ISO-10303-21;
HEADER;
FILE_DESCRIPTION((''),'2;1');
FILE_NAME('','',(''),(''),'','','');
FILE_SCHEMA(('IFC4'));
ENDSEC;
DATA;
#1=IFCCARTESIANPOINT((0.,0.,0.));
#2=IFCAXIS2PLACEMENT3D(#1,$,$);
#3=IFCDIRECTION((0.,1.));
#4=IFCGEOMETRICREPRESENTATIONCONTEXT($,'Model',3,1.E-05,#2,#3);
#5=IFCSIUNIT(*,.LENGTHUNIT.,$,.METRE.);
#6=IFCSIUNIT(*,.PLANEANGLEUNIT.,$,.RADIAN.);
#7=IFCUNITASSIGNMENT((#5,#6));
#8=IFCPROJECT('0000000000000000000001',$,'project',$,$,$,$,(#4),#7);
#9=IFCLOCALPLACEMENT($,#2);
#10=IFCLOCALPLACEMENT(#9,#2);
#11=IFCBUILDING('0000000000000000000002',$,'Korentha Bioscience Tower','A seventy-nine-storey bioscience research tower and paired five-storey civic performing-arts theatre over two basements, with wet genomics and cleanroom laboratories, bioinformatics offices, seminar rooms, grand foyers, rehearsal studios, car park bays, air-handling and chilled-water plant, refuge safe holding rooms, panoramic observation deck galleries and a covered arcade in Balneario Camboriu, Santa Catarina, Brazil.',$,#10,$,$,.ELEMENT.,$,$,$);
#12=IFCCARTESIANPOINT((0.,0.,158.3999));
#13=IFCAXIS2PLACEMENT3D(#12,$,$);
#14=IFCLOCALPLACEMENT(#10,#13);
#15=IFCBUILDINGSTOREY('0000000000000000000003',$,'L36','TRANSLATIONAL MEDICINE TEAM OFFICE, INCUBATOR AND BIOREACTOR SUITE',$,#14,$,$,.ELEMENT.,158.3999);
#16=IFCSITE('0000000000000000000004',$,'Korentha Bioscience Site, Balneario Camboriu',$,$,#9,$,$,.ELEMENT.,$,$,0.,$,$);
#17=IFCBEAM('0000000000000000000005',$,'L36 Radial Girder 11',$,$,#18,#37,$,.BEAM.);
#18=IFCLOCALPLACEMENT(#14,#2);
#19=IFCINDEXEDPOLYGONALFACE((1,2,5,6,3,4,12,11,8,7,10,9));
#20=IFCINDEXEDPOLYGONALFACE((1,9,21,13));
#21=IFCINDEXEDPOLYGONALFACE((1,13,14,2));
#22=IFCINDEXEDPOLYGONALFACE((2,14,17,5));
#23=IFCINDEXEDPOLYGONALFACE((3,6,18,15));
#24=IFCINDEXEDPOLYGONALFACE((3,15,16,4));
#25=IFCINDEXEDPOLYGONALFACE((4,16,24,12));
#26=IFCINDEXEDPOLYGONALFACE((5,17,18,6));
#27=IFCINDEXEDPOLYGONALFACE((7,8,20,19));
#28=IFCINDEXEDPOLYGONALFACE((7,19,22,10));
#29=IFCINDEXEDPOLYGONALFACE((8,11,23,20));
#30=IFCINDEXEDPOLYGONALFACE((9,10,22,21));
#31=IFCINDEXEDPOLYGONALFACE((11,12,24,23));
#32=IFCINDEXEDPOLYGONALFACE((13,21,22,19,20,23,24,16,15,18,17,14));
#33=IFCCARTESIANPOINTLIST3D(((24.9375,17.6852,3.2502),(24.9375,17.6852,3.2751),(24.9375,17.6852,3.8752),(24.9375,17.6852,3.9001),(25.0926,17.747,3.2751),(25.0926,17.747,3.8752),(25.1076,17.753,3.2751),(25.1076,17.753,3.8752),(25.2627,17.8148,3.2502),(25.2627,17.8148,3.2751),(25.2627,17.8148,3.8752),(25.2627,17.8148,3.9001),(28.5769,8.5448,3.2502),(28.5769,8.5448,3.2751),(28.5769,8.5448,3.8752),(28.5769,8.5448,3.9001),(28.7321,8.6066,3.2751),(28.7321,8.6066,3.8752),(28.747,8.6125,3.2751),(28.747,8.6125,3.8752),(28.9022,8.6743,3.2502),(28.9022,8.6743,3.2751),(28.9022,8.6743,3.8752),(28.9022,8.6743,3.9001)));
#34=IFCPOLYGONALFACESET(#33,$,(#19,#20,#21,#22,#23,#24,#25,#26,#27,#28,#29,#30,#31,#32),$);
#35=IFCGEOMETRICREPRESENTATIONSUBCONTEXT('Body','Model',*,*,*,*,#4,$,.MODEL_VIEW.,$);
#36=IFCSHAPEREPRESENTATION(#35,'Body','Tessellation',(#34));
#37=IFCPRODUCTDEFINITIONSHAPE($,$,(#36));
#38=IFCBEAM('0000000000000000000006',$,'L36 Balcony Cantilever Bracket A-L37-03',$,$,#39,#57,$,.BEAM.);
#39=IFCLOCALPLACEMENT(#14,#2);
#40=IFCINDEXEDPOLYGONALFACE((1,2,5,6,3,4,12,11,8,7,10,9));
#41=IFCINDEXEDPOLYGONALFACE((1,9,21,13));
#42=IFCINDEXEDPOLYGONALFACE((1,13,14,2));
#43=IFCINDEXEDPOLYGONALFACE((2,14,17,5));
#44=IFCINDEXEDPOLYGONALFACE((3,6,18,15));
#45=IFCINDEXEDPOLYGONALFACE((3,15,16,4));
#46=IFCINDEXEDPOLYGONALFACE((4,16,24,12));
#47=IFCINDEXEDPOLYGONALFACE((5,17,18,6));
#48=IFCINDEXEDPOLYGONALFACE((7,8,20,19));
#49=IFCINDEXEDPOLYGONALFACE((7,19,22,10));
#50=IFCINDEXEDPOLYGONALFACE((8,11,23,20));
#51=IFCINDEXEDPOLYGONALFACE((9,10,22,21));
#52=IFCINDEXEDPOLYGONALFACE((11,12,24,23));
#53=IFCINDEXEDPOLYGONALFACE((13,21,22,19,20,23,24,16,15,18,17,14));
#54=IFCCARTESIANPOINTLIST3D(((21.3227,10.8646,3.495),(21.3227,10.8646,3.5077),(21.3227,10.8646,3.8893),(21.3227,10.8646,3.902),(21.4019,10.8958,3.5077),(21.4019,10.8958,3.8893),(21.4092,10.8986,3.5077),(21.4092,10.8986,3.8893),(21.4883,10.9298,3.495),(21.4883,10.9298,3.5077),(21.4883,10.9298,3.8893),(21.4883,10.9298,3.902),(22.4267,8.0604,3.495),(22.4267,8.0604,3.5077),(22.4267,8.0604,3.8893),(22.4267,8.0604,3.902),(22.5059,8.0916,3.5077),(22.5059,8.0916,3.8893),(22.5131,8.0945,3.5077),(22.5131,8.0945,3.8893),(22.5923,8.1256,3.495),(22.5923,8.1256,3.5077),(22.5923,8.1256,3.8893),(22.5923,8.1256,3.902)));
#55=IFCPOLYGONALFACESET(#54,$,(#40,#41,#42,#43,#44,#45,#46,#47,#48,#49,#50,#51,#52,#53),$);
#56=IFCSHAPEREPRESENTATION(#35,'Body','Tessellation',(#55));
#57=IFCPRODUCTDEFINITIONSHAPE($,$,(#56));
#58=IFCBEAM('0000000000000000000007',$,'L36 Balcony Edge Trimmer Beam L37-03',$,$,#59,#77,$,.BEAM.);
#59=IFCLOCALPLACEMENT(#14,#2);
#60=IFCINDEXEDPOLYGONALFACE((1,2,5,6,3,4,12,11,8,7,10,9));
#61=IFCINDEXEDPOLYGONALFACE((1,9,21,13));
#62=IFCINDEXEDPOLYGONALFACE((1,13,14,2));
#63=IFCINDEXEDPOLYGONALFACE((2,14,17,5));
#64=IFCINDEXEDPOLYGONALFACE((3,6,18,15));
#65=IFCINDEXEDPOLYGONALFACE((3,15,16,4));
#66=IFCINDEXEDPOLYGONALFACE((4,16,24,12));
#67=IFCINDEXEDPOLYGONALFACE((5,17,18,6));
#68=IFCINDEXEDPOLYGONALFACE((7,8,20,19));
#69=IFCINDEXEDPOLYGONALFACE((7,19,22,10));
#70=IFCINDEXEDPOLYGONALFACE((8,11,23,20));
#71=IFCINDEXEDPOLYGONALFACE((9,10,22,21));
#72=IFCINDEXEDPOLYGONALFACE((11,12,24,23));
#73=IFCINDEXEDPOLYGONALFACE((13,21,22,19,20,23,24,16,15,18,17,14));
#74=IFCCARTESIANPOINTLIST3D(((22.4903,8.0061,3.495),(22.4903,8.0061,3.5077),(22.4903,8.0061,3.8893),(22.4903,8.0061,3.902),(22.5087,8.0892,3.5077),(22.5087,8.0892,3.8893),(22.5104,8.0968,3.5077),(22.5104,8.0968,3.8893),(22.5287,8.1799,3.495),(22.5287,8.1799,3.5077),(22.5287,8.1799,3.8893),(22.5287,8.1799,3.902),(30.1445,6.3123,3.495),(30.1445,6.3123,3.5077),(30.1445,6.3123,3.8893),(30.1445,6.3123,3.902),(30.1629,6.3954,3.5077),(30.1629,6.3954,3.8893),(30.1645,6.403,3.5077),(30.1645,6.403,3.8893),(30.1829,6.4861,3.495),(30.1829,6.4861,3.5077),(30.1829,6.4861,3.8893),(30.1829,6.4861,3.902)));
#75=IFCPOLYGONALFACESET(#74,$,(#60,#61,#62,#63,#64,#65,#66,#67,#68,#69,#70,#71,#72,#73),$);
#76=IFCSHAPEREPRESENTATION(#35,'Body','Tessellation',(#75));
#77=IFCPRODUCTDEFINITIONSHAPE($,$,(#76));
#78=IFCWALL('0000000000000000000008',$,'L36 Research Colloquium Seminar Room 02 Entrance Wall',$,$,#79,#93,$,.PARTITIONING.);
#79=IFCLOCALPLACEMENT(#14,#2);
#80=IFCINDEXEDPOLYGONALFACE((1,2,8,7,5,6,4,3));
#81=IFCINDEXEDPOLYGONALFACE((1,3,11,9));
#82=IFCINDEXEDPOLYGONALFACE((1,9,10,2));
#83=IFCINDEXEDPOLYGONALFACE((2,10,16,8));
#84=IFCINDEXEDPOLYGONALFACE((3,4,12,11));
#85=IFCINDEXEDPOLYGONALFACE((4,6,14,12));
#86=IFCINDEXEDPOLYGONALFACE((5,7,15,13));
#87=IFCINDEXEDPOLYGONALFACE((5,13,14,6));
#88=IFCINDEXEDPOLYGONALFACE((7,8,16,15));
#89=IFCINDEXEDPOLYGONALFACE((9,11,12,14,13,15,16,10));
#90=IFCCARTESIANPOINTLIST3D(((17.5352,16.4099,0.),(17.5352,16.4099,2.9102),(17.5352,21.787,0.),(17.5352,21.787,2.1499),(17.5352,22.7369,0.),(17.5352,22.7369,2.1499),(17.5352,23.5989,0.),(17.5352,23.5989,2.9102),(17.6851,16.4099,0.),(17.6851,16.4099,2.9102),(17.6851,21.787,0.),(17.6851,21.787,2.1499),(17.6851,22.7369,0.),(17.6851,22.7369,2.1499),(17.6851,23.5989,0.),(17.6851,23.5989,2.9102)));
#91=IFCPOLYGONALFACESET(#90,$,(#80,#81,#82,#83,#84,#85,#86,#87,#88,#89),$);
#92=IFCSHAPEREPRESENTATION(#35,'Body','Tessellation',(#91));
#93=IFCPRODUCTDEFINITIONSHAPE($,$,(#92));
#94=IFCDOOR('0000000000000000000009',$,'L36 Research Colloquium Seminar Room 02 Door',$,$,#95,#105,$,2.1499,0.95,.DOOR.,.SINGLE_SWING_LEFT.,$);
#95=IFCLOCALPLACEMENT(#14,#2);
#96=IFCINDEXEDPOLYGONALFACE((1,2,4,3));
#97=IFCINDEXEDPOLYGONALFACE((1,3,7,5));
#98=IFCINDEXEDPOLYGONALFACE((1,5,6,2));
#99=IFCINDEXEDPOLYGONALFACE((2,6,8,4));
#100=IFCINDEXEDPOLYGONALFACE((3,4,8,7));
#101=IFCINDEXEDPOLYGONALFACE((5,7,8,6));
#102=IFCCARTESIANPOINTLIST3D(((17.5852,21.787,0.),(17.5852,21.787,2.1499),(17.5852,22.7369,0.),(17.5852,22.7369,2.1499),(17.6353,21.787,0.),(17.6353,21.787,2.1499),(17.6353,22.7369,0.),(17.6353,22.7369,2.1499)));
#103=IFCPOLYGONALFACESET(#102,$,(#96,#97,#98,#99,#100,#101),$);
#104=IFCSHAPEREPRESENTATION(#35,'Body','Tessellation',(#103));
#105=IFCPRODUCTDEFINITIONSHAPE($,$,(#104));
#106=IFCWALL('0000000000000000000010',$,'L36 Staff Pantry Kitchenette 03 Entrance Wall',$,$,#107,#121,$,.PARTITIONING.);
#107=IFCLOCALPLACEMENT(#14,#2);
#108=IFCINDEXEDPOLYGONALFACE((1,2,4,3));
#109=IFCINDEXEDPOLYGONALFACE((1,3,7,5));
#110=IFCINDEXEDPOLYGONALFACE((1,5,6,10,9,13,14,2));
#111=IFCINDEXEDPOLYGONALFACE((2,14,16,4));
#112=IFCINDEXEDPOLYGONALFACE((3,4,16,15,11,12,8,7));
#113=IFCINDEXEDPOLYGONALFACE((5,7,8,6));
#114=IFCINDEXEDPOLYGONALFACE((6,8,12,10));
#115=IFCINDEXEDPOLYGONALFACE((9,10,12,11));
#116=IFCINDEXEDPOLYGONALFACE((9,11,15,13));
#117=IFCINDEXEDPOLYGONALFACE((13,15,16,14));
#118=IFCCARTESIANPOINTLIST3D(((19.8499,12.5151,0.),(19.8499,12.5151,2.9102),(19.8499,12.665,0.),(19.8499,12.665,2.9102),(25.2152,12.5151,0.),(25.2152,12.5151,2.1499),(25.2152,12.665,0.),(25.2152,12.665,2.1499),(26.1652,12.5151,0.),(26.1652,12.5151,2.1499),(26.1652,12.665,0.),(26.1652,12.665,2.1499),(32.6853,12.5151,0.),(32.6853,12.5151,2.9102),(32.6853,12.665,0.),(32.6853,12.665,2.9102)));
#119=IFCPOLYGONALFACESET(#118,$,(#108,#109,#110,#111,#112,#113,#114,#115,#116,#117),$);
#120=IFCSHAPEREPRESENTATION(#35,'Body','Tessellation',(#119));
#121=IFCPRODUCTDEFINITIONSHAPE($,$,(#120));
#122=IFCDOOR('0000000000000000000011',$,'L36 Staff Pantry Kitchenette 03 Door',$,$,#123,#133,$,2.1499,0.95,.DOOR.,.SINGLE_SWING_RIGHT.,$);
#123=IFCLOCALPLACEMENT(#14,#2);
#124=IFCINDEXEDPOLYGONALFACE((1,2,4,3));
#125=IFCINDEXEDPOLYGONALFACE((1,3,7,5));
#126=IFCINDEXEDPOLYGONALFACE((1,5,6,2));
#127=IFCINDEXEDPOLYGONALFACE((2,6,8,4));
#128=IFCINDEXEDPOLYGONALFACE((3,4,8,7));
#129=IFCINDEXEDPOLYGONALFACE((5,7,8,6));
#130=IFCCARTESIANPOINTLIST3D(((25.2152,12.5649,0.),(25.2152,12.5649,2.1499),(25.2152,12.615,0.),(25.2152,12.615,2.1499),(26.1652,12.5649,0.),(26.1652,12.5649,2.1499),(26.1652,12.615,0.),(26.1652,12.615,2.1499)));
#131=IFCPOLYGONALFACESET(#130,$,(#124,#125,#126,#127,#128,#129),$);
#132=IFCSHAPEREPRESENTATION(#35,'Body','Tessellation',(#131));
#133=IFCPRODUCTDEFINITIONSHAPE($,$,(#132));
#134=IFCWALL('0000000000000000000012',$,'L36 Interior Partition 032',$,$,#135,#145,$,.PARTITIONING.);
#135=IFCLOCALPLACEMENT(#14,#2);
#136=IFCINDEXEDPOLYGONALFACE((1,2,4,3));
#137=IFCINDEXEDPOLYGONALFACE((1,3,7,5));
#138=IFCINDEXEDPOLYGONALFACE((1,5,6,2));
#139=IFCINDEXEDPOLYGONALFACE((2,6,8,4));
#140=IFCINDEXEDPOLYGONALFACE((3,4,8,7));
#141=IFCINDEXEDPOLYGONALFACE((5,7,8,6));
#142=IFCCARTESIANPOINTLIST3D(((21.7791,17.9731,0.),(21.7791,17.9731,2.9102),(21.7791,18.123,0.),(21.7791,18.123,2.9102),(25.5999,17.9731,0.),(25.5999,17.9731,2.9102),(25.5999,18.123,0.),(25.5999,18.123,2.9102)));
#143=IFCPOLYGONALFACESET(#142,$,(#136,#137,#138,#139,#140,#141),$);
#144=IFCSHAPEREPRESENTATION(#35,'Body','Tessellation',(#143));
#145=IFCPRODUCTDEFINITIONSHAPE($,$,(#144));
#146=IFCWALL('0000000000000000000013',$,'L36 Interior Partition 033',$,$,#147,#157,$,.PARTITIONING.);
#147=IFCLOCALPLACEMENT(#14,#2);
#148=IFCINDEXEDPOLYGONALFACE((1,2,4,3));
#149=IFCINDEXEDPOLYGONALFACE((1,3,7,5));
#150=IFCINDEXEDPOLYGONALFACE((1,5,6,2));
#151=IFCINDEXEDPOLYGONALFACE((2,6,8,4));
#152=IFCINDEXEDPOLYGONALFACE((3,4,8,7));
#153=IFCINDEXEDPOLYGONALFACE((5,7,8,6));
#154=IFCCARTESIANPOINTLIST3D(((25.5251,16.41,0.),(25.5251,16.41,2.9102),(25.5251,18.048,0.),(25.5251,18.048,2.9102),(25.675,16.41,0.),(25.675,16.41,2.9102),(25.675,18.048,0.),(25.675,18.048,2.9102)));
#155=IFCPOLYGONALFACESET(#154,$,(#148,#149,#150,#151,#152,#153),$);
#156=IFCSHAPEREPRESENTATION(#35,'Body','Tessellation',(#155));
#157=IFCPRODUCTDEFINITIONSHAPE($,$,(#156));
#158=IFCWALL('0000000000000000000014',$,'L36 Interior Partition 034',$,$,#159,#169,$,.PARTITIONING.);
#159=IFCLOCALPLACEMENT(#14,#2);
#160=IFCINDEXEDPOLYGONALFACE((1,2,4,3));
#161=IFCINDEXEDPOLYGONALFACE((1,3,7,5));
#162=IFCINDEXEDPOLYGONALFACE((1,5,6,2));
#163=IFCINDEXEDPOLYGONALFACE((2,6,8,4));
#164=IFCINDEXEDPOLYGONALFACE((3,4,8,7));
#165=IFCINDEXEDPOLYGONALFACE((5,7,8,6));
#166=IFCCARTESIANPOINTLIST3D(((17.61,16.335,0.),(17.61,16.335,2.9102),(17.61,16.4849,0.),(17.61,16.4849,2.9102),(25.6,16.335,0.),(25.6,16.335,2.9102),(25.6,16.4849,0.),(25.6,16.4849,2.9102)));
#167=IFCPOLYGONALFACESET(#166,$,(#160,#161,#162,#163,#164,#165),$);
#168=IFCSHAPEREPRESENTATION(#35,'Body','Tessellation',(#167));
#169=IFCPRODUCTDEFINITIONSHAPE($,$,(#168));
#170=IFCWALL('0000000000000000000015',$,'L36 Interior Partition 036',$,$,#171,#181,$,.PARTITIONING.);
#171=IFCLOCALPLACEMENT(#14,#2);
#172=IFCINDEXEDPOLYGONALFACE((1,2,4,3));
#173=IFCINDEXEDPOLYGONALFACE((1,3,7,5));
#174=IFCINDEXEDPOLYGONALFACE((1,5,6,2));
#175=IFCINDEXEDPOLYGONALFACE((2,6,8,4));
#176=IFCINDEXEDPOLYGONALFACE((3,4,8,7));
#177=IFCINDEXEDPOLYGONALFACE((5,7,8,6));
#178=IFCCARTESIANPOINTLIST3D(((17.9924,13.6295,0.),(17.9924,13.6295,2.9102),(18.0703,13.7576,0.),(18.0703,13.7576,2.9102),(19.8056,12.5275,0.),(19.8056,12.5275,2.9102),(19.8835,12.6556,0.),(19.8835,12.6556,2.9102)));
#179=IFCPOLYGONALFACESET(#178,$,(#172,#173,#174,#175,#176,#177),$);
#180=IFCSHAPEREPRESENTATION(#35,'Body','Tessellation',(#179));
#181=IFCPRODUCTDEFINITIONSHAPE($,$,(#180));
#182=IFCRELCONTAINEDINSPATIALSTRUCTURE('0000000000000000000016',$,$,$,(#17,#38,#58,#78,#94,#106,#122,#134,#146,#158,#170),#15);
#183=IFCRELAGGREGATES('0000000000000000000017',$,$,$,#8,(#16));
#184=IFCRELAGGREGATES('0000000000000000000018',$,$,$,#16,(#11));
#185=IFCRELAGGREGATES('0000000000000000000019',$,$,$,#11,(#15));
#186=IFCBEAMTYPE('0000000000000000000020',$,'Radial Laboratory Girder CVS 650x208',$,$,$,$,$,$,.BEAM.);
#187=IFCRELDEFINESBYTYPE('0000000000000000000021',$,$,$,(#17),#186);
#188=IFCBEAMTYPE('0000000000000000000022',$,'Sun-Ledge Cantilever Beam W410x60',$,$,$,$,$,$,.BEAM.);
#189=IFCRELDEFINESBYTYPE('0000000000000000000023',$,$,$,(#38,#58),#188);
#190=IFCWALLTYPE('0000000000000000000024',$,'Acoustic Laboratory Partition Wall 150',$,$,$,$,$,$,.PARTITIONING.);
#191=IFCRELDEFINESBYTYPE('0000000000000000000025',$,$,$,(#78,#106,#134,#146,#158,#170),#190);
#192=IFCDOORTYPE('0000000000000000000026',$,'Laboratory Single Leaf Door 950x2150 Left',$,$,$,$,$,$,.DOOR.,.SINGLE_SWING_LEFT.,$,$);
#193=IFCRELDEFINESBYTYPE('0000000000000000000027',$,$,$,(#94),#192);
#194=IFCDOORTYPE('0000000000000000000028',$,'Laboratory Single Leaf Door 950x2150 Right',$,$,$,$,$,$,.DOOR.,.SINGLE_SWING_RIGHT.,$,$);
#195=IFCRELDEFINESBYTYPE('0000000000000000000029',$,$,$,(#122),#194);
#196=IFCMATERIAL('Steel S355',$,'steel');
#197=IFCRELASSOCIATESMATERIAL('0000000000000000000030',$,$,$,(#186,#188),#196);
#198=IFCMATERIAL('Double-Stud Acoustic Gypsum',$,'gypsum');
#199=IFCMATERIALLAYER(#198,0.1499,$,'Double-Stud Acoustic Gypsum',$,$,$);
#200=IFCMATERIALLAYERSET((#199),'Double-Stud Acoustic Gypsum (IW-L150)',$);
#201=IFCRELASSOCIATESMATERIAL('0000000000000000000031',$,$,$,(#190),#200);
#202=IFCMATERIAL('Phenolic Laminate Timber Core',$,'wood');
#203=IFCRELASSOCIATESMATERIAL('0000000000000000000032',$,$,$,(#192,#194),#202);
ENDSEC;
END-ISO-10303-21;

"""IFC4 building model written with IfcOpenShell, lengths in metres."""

from ifc_helpers import new_model, si_unit, direction, frame, frame_2d, origin, origin_2d, place, context, subcontext, project, spatial, rectangle, i_section, extrude, material, layer, layer_set, material_profile, profile_set, type_object, element, fill, save


model = new_model("IFC4")

# Units and contexts
model_context = context("Model", 3, precision=1e-05, world=origin(), true_north=direction((0.0, 1.0)))
body_context = subcontext(model_context, "Body", "Model", "MODEL_VIEW")
ifc_project = project(units=[si_unit("LENGTHUNIT", "METRE"), si_unit("PLANEANGLEUNIT", "RADIAN")], contexts=[model_context])

# Site, building, storey
site_placement = place(None, origin())
site = spatial("IfcSite", under=ifc_project, at=site_placement, Name="Korentha Bioscience Site, Balneario Camboriu", CompositionType="ELEMENT", RefElevation=0.0)
building_placement = place(site_placement, origin())
building = spatial("IfcBuilding", under=site, at=building_placement, Name="Korentha Bioscience Tower", Description="A seventy-nine-storey bioscience research tower and paired five-storey civic performing-arts theatre over two basements, with wet genomics and cleanroom laboratories, bioinformatics offices, seminar rooms, grand foyers, rehearsal studios, car park bays, air-handling and chilled-water plant, refuge safe holding rooms, panoramic observation deck galleries and a covered arcade in Balneario Camboriu, Santa Catarina, Brazil.", CompositionType="ELEMENT")
storey_placement = place(building_placement, frame((0.0, 0.0, 158.3999)))
storey = spatial("IfcBuildingStorey", under=building, at=storey_placement, Name="L36", Description="TRANSLATIONAL MEDICINE TEAM OFFICE, INCUBATOR AND BIOREACTOR SUITE", CompositionType="ELEMENT", Elevation=158.3999)

# Beams
ifc_material_1 = material(Name="Steel S355", Category="steel")
ifc_material_profile_1 = material_profile(ifc_material_1, i_section(OverallWidth=0.3501, OverallDepth=0.6499, WebThickness=0.0161, FlangeThickness=0.0249, at=origin_2d()), Name="Steel S355")
ifc_profile_set_1 = profile_set([ifc_material_profile_1], Name="Steel S355 (RB-650)")
beam_type_1 = type_object("IfcBeamType", Name="Radial Laboratory Girder CVS 650x208", PredefinedType="BEAM", material=ifc_profile_set_1)
beam_1_placement = place(storey_placement, frame((25.1001, 17.75, 3.5752), z_axis=(0.369923, -0.929063, 0.0), x_axis=(0.929063, 0.369923, 0.0)))
element("IfcBeam", 1, at=beam_1_placement, inside=storey, type_object=beam_type_1, Name="L36 Radial Girder 11", PredefinedType="BEAM", context=body_context, shape_type="SweptSolid", body=[
    extrude(i_section(OverallWidth=0.3501, OverallDepth=0.6499, WebThickness=0.0161, FlangeThickness=0.0249, at=origin_2d()), origin(), (0.0, 0.0, 1.0), 9.8384),
])
ifc_material_profile_2 = material_profile(ifc_material_1, i_section(OverallWidth=0.178, OverallDepth=0.407, WebThickness=0.0078, FlangeThickness=0.0127, at=origin_2d()), Name="Steel S355")
ifc_profile_set_2 = profile_set([ifc_material_profile_2], Name="Steel S355 (CB-410)")
beam_type_2 = type_object("IfcBeamType", Name="Sun-Ledge Cantilever Beam W410x60", PredefinedType="BEAM", material=ifc_profile_set_2)
beam_2_placement = place(storey_placement, frame((21.4055, 10.8972, 3.6985), z_axis=(0.366329, -0.930485, 0.0), x_axis=(0.930485, 0.366329, 0.0)))
element("IfcBeam", 2, at=beam_2_placement, inside=storey, type_object=beam_type_2, Name="L36 Balcony Cantilever Bracket A-L37-03", PredefinedType="BEAM", context=body_context, shape_type="SweptSolid", body=[
    extrude(i_section(OverallWidth=0.178, OverallDepth=0.407, WebThickness=0.0078, FlangeThickness=0.0127, at=origin_2d()), origin(), (0.0, 0.0, 1.0), 3.0137),
])
beam_3_placement = place(storey_placement, frame((22.5095, 8.093, 3.6985), z_axis=(0.976379, -0.216066, 0.0), x_axis=(0.216066, 0.976379, 0.0)))
element("IfcBeam", 3, at=beam_3_placement, inside=storey, type_object=beam_type_2, Name="L36 Balcony Edge Trimmer Beam L37-03", PredefinedType="BEAM", context=body_context, shape_type="SweptSolid", body=[
    extrude(i_section(OverallWidth=0.178, OverallDepth=0.407, WebThickness=0.0078, FlangeThickness=0.0127, at=origin_2d()), origin(), (0.0, 0.0, 1.0), 7.8394),
])

# Walls, openings, doors
ifc_material_2 = material(Name="Double-Stud Acoustic Gypsum", Category="gypsum")
ifc_layer_1 = layer(ifc_material_2, 0.1499, Name="Double-Stud Acoustic Gypsum")
ifc_layer_set_1 = layer_set([ifc_layer_1], Name="Double-Stud Acoustic Gypsum (IW-L150)")
wall_type_1 = type_object("IfcWallType", Name="Acoustic Laboratory Partition Wall 150", PredefinedType="PARTITIONING", material=ifc_layer_set_1)
wall_1_placement = place(storey_placement, frame((17.6101, 16.4099, 0.0), z_axis=(0.0, 0.0, 1.0), x_axis=(0.0, 1.0, 0.0)))
wall_1 = element("IfcWall", 4, at=wall_1_placement, inside=storey, type_object=wall_type_1, Name="L36 Research Colloquium Seminar Room 02 Entrance Wall", PredefinedType="PARTITIONING", context=body_context, shape_type="SweptSolid", body=[
    extrude(rectangle(XDim=7.189, YDim=0.1499, at=frame_2d((3.5945, 0.0))), origin(), (0.0, 0.0, 1.0), 2.9102),
])
opening_1_placement = place(wall_1_placement, frame((5.377, 0.0, 0.0)))
opening_1 = element("IfcOpeningElement", 5, at=opening_1_placement, cuts=wall_1, PredefinedType="OPENING", context=body_context, shape_type="SweptSolid", body=[
    extrude(rectangle(XDim=0.95, YDim=2.1499, at=frame_2d((0.4751, 1.075))), frame((0.0, 0.0898, 0.0), z_axis=(0.0, -1.0, 0.0), x_axis=(1.0, 0.0, 0.0)), (0.0, 0.0, 1.0), 0.1797),
])
ifc_material_3 = material(Name="Phenolic Laminate Timber Core", Category="wood")
door_type_1 = type_object("IfcDoorType", Name="Laboratory Single Leaf Door 950x2150 Left", OperationType="SINGLE_SWING_LEFT", PredefinedType="DOOR", material=ifc_material_3)
door_1_placement = place(opening_1_placement, origin())
door_1 = element("IfcDoor", 6, at=door_1_placement, inside=storey, type_object=door_type_1, Name="L36 Research Colloquium Seminar Room 02 Door", OperationType="SINGLE_SWING_LEFT", OverallHeight=2.1499, OverallWidth=0.95, PredefinedType="DOOR", context=body_context, shape_type="SweptSolid", body=[
    extrude(rectangle(XDim=0.95, YDim=2.1499, at=frame_2d((0.4751, 1.075))), frame((0.0, 0.0249, 0.0), z_axis=(0.0, -1.0, 0.0), x_axis=(1.0, 0.0, 0.0)), (0.0, 0.0, 1.0), 0.05),
])
fill(opening_1, door_1)
wall_2_placement = place(storey_placement, frame((19.8499, 12.5901, 0.0), z_axis=(0.0, 0.0, 1.0), x_axis=(1.0, 0.0, 0.0)))
wall_2 = element("IfcWall", 7, at=wall_2_placement, inside=storey, type_object=wall_type_1, Name="L36 Staff Pantry Kitchenette 03 Entrance Wall", PredefinedType="PARTITIONING", context=body_context, shape_type="SweptSolid", body=[
    extrude(rectangle(XDim=12.8354, YDim=0.1499, at=frame_2d((6.4177, 0.0))), origin(), (0.0, 0.0, 1.0), 2.9102),
])
opening_2_placement = place(wall_2_placement, frame((5.3652, 0.0, 0.0)))
opening_2 = element("IfcOpeningElement", 8, at=opening_2_placement, cuts=wall_2, PredefinedType="OPENING", context=body_context, shape_type="SweptSolid", body=[
    extrude(rectangle(XDim=0.95, YDim=2.1499, at=frame_2d((0.4751, 1.075))), frame((0.0, 0.0898, 0.0), z_axis=(0.0, -1.0, 0.0), x_axis=(1.0, 0.0, 0.0)), (0.0, 0.0, 1.0), 0.1797),
])
door_type_2 = type_object("IfcDoorType", Name="Laboratory Single Leaf Door 950x2150 Right", OperationType="SINGLE_SWING_RIGHT", PredefinedType="DOOR", material=ifc_material_3)
door_2_placement = place(opening_2_placement, origin())
door_2 = element("IfcDoor", 9, at=door_2_placement, inside=storey, type_object=door_type_2, Name="L36 Staff Pantry Kitchenette 03 Door", OperationType="SINGLE_SWING_RIGHT", OverallHeight=2.1499, OverallWidth=0.95, PredefinedType="DOOR", context=body_context, shape_type="SweptSolid", body=[
    extrude(rectangle(XDim=0.95, YDim=2.1499, at=frame_2d((0.4751, 1.075))), frame((0.0, 0.0249, 0.0), z_axis=(0.0, -1.0, 0.0), x_axis=(1.0, 0.0, 0.0)), (0.0, 0.0, 1.0), 0.05),
])
fill(opening_2, door_2)

# Walls
wall_3_placement = place(storey_placement, frame((21.7791, 18.0481, 0.0), z_axis=(0.0, 0.0, 1.0), x_axis=(1.0, 0.0, 0.0)))
element("IfcWall", 10, at=wall_3_placement, inside=storey, type_object=wall_type_1, Name="L36 Interior Partition 032", PredefinedType="PARTITIONING", context=body_context, shape_type="SweptSolid", body=[
    extrude(rectangle(XDim=3.8208, YDim=0.1499, at=frame_2d((1.9104, 0.0))), origin(), (0.0, 0.0, 1.0), 2.9102),
])
wall_4_placement = place(storey_placement, frame((25.6001, 18.0479, 0.0), z_axis=(0.0, 0.0, 1.0), x_axis=(0.0, -1.0, 0.0)))
element("IfcWall", 11, at=wall_4_placement, inside=storey, type_object=wall_type_1, Name="L36 Interior Partition 033", PredefinedType="PARTITIONING", context=body_context, shape_type="SweptSolid", body=[
    extrude(rectangle(XDim=1.6379, YDim=0.1499, at=frame_2d((0.8188, 0.0))), origin(), (0.0, 0.0, 1.0), 2.9102),
])
wall_5_placement = place(storey_placement, frame((25.6001, 16.4099, 0.0), z_axis=(0.0, 0.0, 1.0), x_axis=(-1.0, 0.0, 0.0)))
element("IfcWall", 12, at=wall_5_placement, inside=storey, type_object=wall_type_1, Name="L36 Interior Partition 034", PredefinedType="PARTITIONING", context=body_context, shape_type="SweptSolid", body=[
    extrude(rectangle(XDim=7.99, YDim=0.1499, at=frame_2d((3.9951, 0.0))), origin(), (0.0, 0.0, 1.0), 2.9102),
])
wall_6_placement = place(storey_placement, frame((18.0312, 13.6936, 0.0), z_axis=(0.0, 0.0, 1.0), x_axis=(0.854545, -0.519377, 0.0)))
element("IfcWall", 13, at=wall_6_placement, inside=storey, type_object=wall_type_1, Name="L36 Interior Partition 036", PredefinedType="PARTITIONING", context=body_context, shape_type="SweptSolid", body=[
    extrude(rectangle(XDim=2.1218, YDim=0.1499, at=frame_2d((1.061, 0.0))), origin(), (0.0, 0.0, 1.0), 2.9102),
])

save(model, "model.ifc")
